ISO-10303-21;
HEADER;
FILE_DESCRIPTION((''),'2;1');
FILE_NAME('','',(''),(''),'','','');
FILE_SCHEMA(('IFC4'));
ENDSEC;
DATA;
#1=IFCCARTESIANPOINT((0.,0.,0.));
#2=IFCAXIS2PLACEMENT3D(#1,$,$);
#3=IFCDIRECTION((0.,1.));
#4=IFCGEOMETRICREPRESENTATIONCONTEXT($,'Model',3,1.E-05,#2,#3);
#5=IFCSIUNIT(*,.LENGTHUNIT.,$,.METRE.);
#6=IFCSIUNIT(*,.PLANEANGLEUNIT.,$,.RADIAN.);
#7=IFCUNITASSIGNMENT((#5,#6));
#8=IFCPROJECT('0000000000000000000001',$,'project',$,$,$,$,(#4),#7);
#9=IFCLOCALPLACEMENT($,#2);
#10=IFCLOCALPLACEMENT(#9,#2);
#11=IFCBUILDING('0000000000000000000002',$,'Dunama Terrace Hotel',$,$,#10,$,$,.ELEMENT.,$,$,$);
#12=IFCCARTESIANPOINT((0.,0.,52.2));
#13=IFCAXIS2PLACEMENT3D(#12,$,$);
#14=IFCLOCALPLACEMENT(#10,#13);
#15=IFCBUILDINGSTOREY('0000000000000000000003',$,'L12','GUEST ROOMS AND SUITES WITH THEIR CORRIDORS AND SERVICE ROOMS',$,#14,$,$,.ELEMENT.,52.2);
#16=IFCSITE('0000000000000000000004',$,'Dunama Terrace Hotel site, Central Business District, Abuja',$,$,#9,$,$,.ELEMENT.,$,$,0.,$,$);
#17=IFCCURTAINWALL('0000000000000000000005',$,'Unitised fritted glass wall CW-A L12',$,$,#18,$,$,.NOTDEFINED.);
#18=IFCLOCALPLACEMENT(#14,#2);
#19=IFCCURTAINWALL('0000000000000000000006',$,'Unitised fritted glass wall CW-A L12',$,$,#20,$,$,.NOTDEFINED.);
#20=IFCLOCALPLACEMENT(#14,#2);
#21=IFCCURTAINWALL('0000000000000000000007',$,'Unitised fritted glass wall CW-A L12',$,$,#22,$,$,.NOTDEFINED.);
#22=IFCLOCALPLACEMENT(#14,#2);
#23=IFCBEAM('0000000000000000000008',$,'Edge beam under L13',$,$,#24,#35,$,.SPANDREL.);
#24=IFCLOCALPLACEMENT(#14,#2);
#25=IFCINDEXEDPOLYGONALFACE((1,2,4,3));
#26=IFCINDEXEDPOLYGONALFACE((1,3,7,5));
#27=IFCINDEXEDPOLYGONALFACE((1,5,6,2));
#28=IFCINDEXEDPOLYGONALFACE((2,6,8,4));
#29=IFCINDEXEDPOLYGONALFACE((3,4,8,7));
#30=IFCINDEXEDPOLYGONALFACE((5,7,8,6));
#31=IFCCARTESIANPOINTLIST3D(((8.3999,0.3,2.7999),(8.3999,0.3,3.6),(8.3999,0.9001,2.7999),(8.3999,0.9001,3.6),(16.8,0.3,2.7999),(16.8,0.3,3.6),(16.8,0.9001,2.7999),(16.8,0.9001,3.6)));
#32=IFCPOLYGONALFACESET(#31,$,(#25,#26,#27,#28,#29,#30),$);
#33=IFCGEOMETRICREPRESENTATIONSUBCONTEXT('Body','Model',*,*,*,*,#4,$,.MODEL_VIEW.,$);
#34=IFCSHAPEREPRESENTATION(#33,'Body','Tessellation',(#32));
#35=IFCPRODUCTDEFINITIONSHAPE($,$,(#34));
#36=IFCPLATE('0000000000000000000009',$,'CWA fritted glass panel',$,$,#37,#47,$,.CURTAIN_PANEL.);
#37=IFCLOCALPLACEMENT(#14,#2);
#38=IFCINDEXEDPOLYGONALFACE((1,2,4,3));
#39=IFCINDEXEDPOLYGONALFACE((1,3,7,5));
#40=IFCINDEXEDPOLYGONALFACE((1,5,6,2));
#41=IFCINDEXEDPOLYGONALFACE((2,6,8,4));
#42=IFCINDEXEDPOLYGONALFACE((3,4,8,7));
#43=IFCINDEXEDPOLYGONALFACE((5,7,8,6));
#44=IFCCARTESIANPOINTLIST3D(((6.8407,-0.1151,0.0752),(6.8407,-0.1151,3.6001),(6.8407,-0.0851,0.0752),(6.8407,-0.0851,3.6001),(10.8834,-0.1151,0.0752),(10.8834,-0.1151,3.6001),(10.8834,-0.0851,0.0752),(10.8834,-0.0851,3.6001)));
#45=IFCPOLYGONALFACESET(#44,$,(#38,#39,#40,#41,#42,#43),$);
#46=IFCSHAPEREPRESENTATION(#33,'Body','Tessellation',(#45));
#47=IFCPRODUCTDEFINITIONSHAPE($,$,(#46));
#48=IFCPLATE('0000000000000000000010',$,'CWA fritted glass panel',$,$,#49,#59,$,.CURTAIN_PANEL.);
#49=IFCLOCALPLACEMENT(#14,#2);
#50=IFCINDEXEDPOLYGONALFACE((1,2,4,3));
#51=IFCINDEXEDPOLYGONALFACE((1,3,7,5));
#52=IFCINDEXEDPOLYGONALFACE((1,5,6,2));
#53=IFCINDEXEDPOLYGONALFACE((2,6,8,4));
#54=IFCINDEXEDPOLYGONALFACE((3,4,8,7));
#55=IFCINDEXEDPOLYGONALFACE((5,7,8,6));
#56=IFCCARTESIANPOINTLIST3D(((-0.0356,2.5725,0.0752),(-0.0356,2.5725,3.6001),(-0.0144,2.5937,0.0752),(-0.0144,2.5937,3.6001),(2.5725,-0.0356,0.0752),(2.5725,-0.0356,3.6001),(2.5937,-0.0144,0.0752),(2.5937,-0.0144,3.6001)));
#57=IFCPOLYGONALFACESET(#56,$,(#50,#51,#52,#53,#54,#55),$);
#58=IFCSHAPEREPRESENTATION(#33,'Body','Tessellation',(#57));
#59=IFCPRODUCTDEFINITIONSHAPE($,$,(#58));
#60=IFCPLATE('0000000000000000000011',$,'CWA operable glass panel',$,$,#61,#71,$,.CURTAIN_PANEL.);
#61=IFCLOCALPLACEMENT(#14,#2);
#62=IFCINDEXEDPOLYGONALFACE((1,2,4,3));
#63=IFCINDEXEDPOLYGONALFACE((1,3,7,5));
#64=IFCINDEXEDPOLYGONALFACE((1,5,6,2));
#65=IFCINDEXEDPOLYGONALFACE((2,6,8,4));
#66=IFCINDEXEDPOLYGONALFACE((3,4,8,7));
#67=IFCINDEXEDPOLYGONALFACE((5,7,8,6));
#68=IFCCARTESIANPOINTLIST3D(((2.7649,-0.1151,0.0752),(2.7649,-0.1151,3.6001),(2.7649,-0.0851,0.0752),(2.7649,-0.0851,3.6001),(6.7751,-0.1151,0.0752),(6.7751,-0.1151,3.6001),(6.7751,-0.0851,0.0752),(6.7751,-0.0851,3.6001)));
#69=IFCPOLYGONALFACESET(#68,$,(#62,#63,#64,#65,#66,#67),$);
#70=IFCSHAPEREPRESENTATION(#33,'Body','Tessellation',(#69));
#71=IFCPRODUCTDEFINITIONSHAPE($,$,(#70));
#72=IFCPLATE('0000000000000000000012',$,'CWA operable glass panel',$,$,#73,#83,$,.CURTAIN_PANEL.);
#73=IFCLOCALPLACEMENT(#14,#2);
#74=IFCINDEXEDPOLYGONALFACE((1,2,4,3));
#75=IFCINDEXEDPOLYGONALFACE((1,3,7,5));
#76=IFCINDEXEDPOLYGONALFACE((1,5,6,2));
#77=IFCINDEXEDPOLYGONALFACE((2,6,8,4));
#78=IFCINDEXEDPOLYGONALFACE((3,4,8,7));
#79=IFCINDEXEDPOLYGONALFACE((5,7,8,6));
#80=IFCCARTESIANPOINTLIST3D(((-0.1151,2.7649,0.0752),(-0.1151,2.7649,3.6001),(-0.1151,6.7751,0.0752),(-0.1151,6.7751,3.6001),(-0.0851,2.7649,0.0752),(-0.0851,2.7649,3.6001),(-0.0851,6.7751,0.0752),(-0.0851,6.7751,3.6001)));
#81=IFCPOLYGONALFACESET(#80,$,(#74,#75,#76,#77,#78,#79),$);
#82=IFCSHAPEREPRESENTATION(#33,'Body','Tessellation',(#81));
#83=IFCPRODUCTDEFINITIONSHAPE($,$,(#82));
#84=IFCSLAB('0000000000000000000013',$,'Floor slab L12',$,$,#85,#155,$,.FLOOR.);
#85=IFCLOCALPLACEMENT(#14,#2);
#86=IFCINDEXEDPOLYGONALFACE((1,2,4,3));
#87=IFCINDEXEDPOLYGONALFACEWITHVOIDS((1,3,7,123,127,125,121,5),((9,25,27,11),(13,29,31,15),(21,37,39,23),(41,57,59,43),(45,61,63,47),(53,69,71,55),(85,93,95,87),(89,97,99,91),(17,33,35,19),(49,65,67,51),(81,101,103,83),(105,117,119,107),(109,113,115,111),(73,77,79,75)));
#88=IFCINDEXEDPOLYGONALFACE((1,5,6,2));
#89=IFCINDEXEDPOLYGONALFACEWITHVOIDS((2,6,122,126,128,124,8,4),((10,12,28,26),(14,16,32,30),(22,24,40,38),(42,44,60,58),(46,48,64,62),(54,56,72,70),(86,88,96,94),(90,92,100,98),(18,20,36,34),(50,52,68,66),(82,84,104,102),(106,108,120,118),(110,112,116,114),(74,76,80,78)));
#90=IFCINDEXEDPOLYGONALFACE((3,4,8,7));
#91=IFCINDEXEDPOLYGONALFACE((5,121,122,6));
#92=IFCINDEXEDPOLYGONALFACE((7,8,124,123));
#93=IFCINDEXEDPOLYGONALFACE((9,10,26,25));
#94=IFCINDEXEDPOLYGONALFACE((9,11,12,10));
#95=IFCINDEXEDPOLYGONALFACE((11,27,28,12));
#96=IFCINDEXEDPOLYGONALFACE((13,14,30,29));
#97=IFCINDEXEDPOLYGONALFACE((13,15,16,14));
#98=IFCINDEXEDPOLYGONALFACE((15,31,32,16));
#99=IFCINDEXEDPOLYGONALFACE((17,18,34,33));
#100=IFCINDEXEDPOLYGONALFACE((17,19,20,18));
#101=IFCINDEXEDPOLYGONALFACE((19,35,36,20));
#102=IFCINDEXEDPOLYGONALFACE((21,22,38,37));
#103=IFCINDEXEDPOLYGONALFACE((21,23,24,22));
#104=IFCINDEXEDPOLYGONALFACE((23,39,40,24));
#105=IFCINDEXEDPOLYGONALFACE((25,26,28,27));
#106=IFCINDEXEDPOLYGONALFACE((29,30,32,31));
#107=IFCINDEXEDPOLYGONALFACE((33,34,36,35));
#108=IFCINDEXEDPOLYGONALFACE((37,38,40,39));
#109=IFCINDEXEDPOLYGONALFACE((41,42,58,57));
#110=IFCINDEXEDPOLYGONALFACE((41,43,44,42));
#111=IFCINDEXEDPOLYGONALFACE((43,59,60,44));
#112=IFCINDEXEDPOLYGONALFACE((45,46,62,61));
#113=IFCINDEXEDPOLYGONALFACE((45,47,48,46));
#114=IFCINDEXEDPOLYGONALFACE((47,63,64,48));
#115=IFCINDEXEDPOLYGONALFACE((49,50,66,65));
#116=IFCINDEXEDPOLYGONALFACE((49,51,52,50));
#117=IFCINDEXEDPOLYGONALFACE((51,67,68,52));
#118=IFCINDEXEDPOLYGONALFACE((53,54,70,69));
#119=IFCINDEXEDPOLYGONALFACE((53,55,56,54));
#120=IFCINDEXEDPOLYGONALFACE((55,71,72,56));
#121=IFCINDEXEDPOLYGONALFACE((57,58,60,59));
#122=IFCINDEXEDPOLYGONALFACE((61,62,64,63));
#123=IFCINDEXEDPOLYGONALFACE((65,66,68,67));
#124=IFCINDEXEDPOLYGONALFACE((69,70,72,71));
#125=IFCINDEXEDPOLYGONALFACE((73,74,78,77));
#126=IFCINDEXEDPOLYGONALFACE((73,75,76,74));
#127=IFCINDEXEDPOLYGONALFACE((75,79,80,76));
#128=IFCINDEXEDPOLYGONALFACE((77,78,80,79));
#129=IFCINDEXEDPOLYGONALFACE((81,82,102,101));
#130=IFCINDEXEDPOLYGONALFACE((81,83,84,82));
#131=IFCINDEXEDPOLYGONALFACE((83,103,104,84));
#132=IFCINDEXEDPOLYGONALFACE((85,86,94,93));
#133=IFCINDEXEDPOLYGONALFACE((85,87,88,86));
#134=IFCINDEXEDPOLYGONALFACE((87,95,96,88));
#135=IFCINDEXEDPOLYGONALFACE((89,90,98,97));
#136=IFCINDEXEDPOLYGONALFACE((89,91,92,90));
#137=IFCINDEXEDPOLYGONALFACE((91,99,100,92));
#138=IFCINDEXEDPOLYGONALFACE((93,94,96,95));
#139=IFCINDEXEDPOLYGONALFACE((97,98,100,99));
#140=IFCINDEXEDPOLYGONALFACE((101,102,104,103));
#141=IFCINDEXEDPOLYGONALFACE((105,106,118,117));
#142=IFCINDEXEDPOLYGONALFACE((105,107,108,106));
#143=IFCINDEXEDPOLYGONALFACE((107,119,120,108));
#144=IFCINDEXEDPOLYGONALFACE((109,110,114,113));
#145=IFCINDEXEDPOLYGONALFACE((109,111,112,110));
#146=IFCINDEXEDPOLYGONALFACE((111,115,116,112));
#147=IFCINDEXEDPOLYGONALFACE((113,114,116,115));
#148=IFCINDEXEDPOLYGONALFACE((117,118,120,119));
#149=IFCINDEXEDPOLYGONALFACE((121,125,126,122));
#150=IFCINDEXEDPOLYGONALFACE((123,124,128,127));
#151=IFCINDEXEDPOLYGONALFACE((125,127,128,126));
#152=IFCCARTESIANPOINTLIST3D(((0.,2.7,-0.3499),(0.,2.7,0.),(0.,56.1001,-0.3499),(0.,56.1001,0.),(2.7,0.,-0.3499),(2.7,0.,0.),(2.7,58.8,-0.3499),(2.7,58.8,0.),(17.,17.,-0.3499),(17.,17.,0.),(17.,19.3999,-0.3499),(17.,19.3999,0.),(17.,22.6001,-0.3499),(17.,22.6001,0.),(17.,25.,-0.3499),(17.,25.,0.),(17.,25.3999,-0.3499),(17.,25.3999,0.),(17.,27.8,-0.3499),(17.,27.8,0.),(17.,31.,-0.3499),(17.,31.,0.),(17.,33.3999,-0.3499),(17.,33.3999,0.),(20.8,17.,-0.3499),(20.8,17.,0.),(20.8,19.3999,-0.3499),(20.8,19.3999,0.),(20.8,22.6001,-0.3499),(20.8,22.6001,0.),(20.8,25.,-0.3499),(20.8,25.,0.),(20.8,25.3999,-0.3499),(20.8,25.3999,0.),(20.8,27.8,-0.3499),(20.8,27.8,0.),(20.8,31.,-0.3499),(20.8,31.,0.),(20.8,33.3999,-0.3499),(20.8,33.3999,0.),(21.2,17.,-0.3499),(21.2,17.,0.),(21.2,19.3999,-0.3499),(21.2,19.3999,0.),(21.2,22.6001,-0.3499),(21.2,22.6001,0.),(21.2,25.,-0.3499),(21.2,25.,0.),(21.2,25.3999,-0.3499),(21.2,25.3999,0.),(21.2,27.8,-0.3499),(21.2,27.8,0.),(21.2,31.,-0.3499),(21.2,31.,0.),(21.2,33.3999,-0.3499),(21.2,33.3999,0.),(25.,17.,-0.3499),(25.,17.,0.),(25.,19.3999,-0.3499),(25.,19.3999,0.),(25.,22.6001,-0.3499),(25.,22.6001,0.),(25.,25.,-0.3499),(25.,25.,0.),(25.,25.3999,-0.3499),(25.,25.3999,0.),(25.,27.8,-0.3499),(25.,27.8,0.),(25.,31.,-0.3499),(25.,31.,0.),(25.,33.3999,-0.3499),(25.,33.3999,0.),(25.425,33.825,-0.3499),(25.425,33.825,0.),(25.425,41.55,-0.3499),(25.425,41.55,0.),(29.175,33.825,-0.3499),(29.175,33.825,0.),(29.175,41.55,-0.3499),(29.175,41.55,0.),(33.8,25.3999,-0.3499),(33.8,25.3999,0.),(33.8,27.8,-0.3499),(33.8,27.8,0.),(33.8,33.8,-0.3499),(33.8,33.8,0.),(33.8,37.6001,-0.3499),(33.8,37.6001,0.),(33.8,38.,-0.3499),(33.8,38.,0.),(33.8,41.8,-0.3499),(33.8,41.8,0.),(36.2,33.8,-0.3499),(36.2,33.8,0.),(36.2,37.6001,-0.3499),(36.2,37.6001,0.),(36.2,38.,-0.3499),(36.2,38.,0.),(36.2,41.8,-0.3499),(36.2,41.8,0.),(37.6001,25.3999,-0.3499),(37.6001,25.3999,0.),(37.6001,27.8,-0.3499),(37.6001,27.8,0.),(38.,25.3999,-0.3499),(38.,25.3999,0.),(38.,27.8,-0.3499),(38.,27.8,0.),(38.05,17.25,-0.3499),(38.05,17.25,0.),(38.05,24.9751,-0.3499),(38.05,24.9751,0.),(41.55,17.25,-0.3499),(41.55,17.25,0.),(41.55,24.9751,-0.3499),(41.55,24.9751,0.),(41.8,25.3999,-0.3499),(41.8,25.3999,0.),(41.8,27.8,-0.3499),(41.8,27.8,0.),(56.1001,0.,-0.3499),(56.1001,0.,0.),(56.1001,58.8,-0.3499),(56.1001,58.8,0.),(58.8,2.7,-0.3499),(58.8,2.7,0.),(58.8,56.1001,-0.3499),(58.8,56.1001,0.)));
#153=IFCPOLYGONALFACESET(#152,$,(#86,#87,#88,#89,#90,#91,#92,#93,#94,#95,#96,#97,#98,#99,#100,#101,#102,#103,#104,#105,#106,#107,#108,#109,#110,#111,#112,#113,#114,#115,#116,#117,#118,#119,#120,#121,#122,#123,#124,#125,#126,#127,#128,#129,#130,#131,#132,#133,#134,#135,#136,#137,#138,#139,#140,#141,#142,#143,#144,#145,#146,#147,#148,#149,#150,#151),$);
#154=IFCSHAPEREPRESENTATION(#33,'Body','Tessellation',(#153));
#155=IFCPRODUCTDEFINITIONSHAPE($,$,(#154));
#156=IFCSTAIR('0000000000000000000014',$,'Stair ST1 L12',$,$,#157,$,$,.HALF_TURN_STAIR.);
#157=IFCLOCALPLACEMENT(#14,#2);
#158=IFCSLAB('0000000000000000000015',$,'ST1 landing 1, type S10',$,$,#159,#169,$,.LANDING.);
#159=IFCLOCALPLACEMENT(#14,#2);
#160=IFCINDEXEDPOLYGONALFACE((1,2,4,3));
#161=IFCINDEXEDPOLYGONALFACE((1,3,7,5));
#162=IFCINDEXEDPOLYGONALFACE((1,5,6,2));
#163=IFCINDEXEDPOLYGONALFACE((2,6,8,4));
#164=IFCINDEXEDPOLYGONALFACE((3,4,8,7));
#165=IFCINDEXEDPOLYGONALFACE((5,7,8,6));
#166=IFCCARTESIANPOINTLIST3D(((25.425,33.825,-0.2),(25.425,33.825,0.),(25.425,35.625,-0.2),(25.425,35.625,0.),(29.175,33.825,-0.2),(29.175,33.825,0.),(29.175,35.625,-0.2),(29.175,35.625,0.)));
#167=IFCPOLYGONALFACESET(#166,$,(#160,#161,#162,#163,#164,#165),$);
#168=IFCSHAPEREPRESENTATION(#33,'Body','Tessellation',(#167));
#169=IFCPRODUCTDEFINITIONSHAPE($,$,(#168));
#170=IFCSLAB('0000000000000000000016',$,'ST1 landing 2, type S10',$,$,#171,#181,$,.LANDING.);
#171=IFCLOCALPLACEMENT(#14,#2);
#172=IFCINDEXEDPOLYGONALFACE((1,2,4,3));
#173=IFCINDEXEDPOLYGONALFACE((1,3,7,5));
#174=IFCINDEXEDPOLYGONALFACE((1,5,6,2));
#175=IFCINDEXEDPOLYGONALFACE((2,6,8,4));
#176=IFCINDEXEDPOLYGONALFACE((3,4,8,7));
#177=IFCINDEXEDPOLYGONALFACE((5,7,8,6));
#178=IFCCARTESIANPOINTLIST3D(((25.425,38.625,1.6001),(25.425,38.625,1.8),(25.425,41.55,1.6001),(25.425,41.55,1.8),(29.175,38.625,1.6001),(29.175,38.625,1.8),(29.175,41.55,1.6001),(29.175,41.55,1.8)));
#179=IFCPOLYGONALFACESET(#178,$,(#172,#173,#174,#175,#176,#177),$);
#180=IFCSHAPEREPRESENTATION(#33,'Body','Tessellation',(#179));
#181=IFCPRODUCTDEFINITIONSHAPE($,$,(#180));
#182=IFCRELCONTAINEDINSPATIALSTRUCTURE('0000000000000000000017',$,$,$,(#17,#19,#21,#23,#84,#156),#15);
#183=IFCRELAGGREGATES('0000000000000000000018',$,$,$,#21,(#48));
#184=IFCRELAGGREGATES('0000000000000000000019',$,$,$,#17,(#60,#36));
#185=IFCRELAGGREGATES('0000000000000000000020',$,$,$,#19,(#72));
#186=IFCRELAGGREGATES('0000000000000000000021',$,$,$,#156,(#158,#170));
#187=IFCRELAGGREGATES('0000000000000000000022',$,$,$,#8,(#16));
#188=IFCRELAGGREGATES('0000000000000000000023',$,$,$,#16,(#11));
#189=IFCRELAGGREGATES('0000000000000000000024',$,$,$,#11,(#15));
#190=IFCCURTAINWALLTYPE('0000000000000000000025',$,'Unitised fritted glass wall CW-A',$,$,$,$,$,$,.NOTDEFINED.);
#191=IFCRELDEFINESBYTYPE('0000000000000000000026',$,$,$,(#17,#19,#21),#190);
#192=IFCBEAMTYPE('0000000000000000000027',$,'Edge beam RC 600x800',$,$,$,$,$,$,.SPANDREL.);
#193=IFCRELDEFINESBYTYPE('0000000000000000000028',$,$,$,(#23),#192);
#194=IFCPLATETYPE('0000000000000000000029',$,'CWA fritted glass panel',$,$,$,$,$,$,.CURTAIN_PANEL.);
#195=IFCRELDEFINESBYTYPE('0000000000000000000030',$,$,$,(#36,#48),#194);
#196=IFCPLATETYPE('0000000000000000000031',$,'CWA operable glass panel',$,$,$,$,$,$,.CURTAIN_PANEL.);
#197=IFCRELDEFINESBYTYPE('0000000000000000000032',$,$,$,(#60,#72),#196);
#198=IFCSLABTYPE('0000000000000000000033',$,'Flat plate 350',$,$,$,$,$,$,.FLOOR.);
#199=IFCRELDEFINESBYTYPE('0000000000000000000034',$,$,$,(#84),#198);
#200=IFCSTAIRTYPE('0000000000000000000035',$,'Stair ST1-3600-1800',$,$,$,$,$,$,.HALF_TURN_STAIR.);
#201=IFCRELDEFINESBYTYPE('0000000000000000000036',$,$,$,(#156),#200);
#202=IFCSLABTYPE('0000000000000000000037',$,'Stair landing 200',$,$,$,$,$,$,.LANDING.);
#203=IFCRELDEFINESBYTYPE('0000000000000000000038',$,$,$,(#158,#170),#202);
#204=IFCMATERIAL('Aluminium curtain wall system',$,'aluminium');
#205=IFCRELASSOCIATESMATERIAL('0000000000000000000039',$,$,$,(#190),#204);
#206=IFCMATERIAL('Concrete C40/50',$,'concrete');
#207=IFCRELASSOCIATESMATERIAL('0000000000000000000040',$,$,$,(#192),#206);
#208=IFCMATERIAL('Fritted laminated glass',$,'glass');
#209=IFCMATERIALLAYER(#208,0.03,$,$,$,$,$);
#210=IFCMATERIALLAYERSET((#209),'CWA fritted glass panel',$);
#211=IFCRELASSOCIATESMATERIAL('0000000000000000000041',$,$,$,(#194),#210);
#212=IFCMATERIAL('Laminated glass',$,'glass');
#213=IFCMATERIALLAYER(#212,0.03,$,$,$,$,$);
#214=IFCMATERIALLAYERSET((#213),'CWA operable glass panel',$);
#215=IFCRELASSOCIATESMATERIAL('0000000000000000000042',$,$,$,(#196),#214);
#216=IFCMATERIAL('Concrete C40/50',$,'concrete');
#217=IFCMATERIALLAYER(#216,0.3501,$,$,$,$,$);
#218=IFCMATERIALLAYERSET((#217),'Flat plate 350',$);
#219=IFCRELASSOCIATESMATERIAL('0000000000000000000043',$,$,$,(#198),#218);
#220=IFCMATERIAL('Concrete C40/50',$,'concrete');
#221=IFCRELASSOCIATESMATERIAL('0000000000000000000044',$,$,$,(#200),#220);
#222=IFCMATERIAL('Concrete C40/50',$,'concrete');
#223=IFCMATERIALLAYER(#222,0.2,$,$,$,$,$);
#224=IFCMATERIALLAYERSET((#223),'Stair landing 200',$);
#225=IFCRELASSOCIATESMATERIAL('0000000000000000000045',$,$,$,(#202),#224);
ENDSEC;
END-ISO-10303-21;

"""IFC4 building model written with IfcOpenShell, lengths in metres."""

from ifc_helpers import new_model, si_unit, direction, frame, origin, origin_2d, place, context, subcontext, project, spatial, polyline, rectangle, outline, extrude, material, layer, layer_set, material_profile, profile_set, type_object, element, aggregate, save


model = new_model("IFC4")

# Units and contexts
model_context = context("Model", 3, precision=1e-05, world=origin(), true_north=direction((0.0, 1.0)))
body_context = subcontext(model_context, "Body", "Model", "MODEL_VIEW")
ifc_project = project(units=[si_unit("LENGTHUNIT", "METRE"), si_unit("PLANEANGLEUNIT", "RADIAN")], contexts=[model_context])

# Site, building, storey
site_placement = place(None, origin())
site = spatial("IfcSite", under=ifc_project, at=site_placement, Name="Dunama Terrace Hotel site, Central Business District, Abuja", CompositionType="ELEMENT", RefElevation=0.0)
building_placement = place(site_placement, origin())
building = spatial("IfcBuilding", under=site, at=building_placement, Name="Dunama Terrace Hotel", CompositionType="ELEMENT")
storey_placement = place(building_placement, frame((0.0, 0.0, 52.2)))
storey = spatial("IfcBuildingStorey", under=building, at=storey_placement, Name="L12", Description="GUEST ROOMS AND SUITES WITH THEIR CORRIDORS AND SERVICE ROOMS", CompositionType="ELEMENT", Elevation=52.2)

# Curtain walls
ifc_material_1 = material(Name="Aluminium curtain wall system", Category="aluminium")
curtain_wall_type = type_object("IfcCurtainWallType", Name="Unitised fritted glass wall CW-A", PredefinedType="NOTDEFINED", material=ifc_material_1)
curtain_wall_1_placement = place(storey_placement, origin())
curtain_wall_1 = element("IfcCurtainWall", 1, at=curtain_wall_1_placement, inside=storey, type_object=curtain_wall_type, Name="Unitised fritted glass wall CW-A L12", PredefinedType="NOTDEFINED")
curtain_wall_2_placement = place(storey_placement, origin())
curtain_wall_2 = element("IfcCurtainWall", 2, at=curtain_wall_2_placement, inside=storey, type_object=curtain_wall_type, Name="Unitised fritted glass wall CW-A L12", PredefinedType="NOTDEFINED")
curtain_wall_3_placement = place(storey_placement, origin())
curtain_wall_3 = element("IfcCurtainWall", 3, at=curtain_wall_3_placement, inside=storey, type_object=curtain_wall_type, Name="Unitised fritted glass wall CW-A L12", PredefinedType="NOTDEFINED")

# Beam
ifc_material_2 = material(Name="Concrete C40/50", Category="concrete")
ifc_material_profile_1 = material_profile(ifc_material_2, rectangle(XDim=0.6001, YDim=0.8, at=origin_2d()), Name="RC 600x800")
ifc_profile_set_1 = profile_set([ifc_material_profile_1], Name="Concrete C40/50")
beam_type_1 = type_object("IfcBeamType", Name="Edge beam RC 600x800", PredefinedType="SPANDREL", material=ifc_profile_set_1)
beam_1_placement = place(storey_placement, frame((8.3999, 0.6001, 3.2), z_axis=(1.0, 0.0, 0.0), x_axis=(0.0, 1.0, 0.0)))
element("IfcBeam", 4, at=beam_1_placement, inside=storey, type_object=beam_type_1, Name="Edge beam under L13", PredefinedType="SPANDREL", context=body_context, shape_type="SweptSolid", body=[
    extrude(rectangle(XDim=0.6001, YDim=0.8, at=origin_2d()), origin(), (0.0, 0.0, 1.0), 8.4001),
])

# Plates
ifc_material_3 = material(Name="Fritted laminated glass", Category="glass")
ifc_layer_1 = layer(ifc_material_3, 0.03)
ifc_layer_set_1 = layer_set([ifc_layer_1], Name="CWA fritted glass panel")
plate_type_1 = type_object("IfcPlateType", Name="CWA fritted glass panel", PredefinedType="CURTAIN_PANEL", material=ifc_layer_set_1)
plate_1_placement = place(storey_placement, frame((8.8621, -0.1001, 0.0752), z_axis=(0.0, 0.0, 1.0), x_axis=(1.0, 0.0, 0.0)))
plate_1 = element("IfcPlate", 5, at=plate_1_placement, type_object=plate_type_1, Name="CWA fritted glass panel", PredefinedType="CURTAIN_PANEL", context=body_context, shape_type="SweptSolid", body=[
    extrude(rectangle(XDim=4.0427, YDim=0.03, at=origin_2d()), origin(), (0.0, 0.0, 1.0), 3.5249),
])
plate_2_placement = place(storey_placement, frame((1.2791, 1.2791, 0.0752), z_axis=(0.0, 0.0, 1.0), x_axis=(0.707107, -0.707107, 0.0)))
plate_2 = element("IfcPlate", 6, at=plate_2_placement, type_object=plate_type_1, Name="CWA fritted glass panel", PredefinedType="CURTAIN_PANEL", context=body_context, shape_type="SweptSolid", body=[
    extrude(rectangle(XDim=3.6885, YDim=0.03, at=origin_2d()), origin(), (0.0, 0.0, 1.0), 3.5249),
])
aggregate(curtain_wall_3, [plate_2])
ifc_material_4 = material(Name="Laminated glass", Category="glass")
ifc_layer_2 = layer(ifc_material_4, 0.03)
ifc_layer_set_2 = layer_set([ifc_layer_2], Name="CWA operable glass panel")
plate_type_2 = type_object("IfcPlateType", Name="CWA operable glass panel", PredefinedType="CURTAIN_PANEL", material=ifc_layer_set_2)
plate_3_placement = place(storey_placement, frame((4.77, -0.1001, 0.0752), z_axis=(0.0, 0.0, 1.0), x_axis=(1.0, 0.0, 0.0)))
plate_3 = element("IfcPlate", 7, at=plate_3_placement, type_object=plate_type_2, Name="CWA operable glass panel", PredefinedType="CURTAIN_PANEL", context=body_context, shape_type="SweptSolid", body=[
    extrude(rectangle(XDim=4.0103, YDim=0.03, at=origin_2d()), origin(), (0.0, 0.0, 1.0), 3.5249),
])
aggregate(curtain_wall_1, [plate_3, plate_1])
plate_4_placement = place(storey_placement, frame((-0.1001, 4.77, 0.0752), z_axis=(0.0, 0.0, 1.0), x_axis=(0.0, -1.0, 0.0)))
plate_4 = element("IfcPlate", 8, at=plate_4_placement, type_object=plate_type_2, Name="CWA operable glass panel", PredefinedType="CURTAIN_PANEL", context=body_context, shape_type="SweptSolid", body=[
    extrude(rectangle(XDim=4.0103, YDim=0.03, at=origin_2d()), origin(), (0.0, 0.0, 1.0), 3.5249),
])
aggregate(curtain_wall_2, [plate_4])

# Slab
ifc_material_5 = material(Name="Concrete C40/50", Category="concrete")
ifc_layer_3 = layer(ifc_material_5, 0.3501)
ifc_layer_set_3 = layer_set([ifc_layer_3], Name="Flat plate 350")
slab_type_1 = type_object("IfcSlabType", Name="Flat plate 350", PredefinedType="FLOOR", material=ifc_layer_set_3)
slab_1_placement = place(storey_placement, frame((0.0, 0.0, -0.3499)))
element("IfcSlab", 9, at=slab_1_placement, inside=storey, type_object=slab_type_1, Name="Floor slab L12", PredefinedType="FLOOR", context=body_context, shape_type="SweptSolid", body=[
    extrude(outline(polyline([(2.7, 0.0), (56.1001, 0.0), (58.8, 2.7), (58.8, 56.1001), (56.1001, 58.8), (2.7, 58.8), (0.0, 56.1001), (0.0, 2.7), (2.7, 0.0)]), holes=[polyline([(20.8, 25.3999), (20.8, 27.8), (17.0, 27.8), (17.0, 25.3999), (20.8, 25.3999)]), polyline([(25.0, 25.3999), (25.0, 27.8), (21.2, 27.8), (21.2, 25.3999), (25.0, 25.3999)]), polyline([(20.8, 31.0), (20.8, 33.3999), (17.0, 33.3999), (17.0, 31.0), (20.8, 31.0)]), polyline([(25.0, 31.0), (25.0, 33.3999), (21.2, 33.3999), (21.2, 31.0), (25.0, 31.0)]), polyline([(37.6001, 25.3999), (37.6001, 27.8), (33.8, 27.8), (33.8, 25.3999), (37.6001, 25.3999)]), polyline([(41.8, 25.3999), (41.8, 27.8), (38.0, 27.8), (38.0, 25.3999), (41.8, 25.3999)]), polyline([(20.8, 17.0), (20.8, 19.3999), (17.0, 19.3999), (17.0, 17.0), (20.8, 17.0)]), polyline([(25.0, 17.0), (25.0, 19.3999), (21.2, 19.3999), (21.2, 17.0), (25.0, 17.0)]), polyline([(20.8, 22.6001), (20.8, 25.0), (17.0, 25.0), (17.0, 22.6001), (20.8, 22.6001)]), polyline([(25.0, 22.6001), (25.0, 25.0), (21.2, 25.0), (21.2, 22.6001), (25.0, 22.6001)]), polyline([(36.2, 38.0), (36.2, 41.8), (33.8, 41.8), (33.8, 38.0), (36.2, 38.0)]), polyline([(36.2, 33.8), (36.2, 37.6001), (33.8, 37.6001), (33.8, 33.8), (36.2, 33.8)]), polyline([(29.175, 33.825), (29.175, 41.55), (25.425, 41.55), (25.425, 33.825), (29.175, 33.825)]), polyline([(41.55, 17.25), (41.55, 24.9751), (38.05, 24.9751), (38.05, 17.25), (41.55, 17.25)])]), origin(), (0.0, 0.0, 1.0), 0.3499),
])

# Stair, slabs
ifc_material_6 = material(Name="Concrete C40/50", Category="concrete")
stair_type_1 = type_object("IfcStairType", Name="Stair ST1-3600-1800", PredefinedType="HALF_TURN_STAIR", material=ifc_material_6)
stair_1_placement = place(storey_placement, origin())
stair_1 = element("IfcStair", 10, at=stair_1_placement, inside=storey, type_object=stair_type_1, Name="Stair ST1 L12", PredefinedType="HALF_TURN_STAIR")
ifc_material_7 = material(Name="Concrete C40/50", Category="concrete")
ifc_layer_4 = layer(ifc_material_7, 0.2)
ifc_layer_set_4 = layer_set([ifc_layer_4], Name="Stair landing 200")
slab_type_2 = type_object("IfcSlabType", Name="Stair landing 200", PredefinedType="LANDING", material=ifc_layer_set_4)
slab_2_placement = place(storey_placement, frame((0.0, 0.0, -0.2)))
slab_2 = element("IfcSlab", 11, at=slab_2_placement, type_object=slab_type_2, Name="ST1 landing 1, type S10", PredefinedType="LANDING", context=body_context, shape_type="SweptSolid", body=[
    extrude(outline(polyline([(25.425, 33.825), (29.175, 33.825), (29.175, 35.625), (25.425, 35.625), (25.425, 33.825)])), origin(), (0.0, 0.0, 1.0), 0.2),
])
slab_3_placement = place(storey_placement, frame((0.0, 0.0, 1.6001)))
slab_3 = element("IfcSlab", 12, at=slab_3_placement, type_object=slab_type_2, Name="ST1 landing 2, type S10", PredefinedType="LANDING", context=body_context, shape_type="SweptSolid", body=[
    extrude(outline(polyline([(25.425, 38.625), (29.175, 38.625), (29.175, 41.55), (25.425, 41.55), (25.425, 38.625)])), origin(), (0.0, 0.0, 1.0), 0.2),
])
aggregate(stair_1, [slab_2, slab_3])

save(model, "model.ifc")
